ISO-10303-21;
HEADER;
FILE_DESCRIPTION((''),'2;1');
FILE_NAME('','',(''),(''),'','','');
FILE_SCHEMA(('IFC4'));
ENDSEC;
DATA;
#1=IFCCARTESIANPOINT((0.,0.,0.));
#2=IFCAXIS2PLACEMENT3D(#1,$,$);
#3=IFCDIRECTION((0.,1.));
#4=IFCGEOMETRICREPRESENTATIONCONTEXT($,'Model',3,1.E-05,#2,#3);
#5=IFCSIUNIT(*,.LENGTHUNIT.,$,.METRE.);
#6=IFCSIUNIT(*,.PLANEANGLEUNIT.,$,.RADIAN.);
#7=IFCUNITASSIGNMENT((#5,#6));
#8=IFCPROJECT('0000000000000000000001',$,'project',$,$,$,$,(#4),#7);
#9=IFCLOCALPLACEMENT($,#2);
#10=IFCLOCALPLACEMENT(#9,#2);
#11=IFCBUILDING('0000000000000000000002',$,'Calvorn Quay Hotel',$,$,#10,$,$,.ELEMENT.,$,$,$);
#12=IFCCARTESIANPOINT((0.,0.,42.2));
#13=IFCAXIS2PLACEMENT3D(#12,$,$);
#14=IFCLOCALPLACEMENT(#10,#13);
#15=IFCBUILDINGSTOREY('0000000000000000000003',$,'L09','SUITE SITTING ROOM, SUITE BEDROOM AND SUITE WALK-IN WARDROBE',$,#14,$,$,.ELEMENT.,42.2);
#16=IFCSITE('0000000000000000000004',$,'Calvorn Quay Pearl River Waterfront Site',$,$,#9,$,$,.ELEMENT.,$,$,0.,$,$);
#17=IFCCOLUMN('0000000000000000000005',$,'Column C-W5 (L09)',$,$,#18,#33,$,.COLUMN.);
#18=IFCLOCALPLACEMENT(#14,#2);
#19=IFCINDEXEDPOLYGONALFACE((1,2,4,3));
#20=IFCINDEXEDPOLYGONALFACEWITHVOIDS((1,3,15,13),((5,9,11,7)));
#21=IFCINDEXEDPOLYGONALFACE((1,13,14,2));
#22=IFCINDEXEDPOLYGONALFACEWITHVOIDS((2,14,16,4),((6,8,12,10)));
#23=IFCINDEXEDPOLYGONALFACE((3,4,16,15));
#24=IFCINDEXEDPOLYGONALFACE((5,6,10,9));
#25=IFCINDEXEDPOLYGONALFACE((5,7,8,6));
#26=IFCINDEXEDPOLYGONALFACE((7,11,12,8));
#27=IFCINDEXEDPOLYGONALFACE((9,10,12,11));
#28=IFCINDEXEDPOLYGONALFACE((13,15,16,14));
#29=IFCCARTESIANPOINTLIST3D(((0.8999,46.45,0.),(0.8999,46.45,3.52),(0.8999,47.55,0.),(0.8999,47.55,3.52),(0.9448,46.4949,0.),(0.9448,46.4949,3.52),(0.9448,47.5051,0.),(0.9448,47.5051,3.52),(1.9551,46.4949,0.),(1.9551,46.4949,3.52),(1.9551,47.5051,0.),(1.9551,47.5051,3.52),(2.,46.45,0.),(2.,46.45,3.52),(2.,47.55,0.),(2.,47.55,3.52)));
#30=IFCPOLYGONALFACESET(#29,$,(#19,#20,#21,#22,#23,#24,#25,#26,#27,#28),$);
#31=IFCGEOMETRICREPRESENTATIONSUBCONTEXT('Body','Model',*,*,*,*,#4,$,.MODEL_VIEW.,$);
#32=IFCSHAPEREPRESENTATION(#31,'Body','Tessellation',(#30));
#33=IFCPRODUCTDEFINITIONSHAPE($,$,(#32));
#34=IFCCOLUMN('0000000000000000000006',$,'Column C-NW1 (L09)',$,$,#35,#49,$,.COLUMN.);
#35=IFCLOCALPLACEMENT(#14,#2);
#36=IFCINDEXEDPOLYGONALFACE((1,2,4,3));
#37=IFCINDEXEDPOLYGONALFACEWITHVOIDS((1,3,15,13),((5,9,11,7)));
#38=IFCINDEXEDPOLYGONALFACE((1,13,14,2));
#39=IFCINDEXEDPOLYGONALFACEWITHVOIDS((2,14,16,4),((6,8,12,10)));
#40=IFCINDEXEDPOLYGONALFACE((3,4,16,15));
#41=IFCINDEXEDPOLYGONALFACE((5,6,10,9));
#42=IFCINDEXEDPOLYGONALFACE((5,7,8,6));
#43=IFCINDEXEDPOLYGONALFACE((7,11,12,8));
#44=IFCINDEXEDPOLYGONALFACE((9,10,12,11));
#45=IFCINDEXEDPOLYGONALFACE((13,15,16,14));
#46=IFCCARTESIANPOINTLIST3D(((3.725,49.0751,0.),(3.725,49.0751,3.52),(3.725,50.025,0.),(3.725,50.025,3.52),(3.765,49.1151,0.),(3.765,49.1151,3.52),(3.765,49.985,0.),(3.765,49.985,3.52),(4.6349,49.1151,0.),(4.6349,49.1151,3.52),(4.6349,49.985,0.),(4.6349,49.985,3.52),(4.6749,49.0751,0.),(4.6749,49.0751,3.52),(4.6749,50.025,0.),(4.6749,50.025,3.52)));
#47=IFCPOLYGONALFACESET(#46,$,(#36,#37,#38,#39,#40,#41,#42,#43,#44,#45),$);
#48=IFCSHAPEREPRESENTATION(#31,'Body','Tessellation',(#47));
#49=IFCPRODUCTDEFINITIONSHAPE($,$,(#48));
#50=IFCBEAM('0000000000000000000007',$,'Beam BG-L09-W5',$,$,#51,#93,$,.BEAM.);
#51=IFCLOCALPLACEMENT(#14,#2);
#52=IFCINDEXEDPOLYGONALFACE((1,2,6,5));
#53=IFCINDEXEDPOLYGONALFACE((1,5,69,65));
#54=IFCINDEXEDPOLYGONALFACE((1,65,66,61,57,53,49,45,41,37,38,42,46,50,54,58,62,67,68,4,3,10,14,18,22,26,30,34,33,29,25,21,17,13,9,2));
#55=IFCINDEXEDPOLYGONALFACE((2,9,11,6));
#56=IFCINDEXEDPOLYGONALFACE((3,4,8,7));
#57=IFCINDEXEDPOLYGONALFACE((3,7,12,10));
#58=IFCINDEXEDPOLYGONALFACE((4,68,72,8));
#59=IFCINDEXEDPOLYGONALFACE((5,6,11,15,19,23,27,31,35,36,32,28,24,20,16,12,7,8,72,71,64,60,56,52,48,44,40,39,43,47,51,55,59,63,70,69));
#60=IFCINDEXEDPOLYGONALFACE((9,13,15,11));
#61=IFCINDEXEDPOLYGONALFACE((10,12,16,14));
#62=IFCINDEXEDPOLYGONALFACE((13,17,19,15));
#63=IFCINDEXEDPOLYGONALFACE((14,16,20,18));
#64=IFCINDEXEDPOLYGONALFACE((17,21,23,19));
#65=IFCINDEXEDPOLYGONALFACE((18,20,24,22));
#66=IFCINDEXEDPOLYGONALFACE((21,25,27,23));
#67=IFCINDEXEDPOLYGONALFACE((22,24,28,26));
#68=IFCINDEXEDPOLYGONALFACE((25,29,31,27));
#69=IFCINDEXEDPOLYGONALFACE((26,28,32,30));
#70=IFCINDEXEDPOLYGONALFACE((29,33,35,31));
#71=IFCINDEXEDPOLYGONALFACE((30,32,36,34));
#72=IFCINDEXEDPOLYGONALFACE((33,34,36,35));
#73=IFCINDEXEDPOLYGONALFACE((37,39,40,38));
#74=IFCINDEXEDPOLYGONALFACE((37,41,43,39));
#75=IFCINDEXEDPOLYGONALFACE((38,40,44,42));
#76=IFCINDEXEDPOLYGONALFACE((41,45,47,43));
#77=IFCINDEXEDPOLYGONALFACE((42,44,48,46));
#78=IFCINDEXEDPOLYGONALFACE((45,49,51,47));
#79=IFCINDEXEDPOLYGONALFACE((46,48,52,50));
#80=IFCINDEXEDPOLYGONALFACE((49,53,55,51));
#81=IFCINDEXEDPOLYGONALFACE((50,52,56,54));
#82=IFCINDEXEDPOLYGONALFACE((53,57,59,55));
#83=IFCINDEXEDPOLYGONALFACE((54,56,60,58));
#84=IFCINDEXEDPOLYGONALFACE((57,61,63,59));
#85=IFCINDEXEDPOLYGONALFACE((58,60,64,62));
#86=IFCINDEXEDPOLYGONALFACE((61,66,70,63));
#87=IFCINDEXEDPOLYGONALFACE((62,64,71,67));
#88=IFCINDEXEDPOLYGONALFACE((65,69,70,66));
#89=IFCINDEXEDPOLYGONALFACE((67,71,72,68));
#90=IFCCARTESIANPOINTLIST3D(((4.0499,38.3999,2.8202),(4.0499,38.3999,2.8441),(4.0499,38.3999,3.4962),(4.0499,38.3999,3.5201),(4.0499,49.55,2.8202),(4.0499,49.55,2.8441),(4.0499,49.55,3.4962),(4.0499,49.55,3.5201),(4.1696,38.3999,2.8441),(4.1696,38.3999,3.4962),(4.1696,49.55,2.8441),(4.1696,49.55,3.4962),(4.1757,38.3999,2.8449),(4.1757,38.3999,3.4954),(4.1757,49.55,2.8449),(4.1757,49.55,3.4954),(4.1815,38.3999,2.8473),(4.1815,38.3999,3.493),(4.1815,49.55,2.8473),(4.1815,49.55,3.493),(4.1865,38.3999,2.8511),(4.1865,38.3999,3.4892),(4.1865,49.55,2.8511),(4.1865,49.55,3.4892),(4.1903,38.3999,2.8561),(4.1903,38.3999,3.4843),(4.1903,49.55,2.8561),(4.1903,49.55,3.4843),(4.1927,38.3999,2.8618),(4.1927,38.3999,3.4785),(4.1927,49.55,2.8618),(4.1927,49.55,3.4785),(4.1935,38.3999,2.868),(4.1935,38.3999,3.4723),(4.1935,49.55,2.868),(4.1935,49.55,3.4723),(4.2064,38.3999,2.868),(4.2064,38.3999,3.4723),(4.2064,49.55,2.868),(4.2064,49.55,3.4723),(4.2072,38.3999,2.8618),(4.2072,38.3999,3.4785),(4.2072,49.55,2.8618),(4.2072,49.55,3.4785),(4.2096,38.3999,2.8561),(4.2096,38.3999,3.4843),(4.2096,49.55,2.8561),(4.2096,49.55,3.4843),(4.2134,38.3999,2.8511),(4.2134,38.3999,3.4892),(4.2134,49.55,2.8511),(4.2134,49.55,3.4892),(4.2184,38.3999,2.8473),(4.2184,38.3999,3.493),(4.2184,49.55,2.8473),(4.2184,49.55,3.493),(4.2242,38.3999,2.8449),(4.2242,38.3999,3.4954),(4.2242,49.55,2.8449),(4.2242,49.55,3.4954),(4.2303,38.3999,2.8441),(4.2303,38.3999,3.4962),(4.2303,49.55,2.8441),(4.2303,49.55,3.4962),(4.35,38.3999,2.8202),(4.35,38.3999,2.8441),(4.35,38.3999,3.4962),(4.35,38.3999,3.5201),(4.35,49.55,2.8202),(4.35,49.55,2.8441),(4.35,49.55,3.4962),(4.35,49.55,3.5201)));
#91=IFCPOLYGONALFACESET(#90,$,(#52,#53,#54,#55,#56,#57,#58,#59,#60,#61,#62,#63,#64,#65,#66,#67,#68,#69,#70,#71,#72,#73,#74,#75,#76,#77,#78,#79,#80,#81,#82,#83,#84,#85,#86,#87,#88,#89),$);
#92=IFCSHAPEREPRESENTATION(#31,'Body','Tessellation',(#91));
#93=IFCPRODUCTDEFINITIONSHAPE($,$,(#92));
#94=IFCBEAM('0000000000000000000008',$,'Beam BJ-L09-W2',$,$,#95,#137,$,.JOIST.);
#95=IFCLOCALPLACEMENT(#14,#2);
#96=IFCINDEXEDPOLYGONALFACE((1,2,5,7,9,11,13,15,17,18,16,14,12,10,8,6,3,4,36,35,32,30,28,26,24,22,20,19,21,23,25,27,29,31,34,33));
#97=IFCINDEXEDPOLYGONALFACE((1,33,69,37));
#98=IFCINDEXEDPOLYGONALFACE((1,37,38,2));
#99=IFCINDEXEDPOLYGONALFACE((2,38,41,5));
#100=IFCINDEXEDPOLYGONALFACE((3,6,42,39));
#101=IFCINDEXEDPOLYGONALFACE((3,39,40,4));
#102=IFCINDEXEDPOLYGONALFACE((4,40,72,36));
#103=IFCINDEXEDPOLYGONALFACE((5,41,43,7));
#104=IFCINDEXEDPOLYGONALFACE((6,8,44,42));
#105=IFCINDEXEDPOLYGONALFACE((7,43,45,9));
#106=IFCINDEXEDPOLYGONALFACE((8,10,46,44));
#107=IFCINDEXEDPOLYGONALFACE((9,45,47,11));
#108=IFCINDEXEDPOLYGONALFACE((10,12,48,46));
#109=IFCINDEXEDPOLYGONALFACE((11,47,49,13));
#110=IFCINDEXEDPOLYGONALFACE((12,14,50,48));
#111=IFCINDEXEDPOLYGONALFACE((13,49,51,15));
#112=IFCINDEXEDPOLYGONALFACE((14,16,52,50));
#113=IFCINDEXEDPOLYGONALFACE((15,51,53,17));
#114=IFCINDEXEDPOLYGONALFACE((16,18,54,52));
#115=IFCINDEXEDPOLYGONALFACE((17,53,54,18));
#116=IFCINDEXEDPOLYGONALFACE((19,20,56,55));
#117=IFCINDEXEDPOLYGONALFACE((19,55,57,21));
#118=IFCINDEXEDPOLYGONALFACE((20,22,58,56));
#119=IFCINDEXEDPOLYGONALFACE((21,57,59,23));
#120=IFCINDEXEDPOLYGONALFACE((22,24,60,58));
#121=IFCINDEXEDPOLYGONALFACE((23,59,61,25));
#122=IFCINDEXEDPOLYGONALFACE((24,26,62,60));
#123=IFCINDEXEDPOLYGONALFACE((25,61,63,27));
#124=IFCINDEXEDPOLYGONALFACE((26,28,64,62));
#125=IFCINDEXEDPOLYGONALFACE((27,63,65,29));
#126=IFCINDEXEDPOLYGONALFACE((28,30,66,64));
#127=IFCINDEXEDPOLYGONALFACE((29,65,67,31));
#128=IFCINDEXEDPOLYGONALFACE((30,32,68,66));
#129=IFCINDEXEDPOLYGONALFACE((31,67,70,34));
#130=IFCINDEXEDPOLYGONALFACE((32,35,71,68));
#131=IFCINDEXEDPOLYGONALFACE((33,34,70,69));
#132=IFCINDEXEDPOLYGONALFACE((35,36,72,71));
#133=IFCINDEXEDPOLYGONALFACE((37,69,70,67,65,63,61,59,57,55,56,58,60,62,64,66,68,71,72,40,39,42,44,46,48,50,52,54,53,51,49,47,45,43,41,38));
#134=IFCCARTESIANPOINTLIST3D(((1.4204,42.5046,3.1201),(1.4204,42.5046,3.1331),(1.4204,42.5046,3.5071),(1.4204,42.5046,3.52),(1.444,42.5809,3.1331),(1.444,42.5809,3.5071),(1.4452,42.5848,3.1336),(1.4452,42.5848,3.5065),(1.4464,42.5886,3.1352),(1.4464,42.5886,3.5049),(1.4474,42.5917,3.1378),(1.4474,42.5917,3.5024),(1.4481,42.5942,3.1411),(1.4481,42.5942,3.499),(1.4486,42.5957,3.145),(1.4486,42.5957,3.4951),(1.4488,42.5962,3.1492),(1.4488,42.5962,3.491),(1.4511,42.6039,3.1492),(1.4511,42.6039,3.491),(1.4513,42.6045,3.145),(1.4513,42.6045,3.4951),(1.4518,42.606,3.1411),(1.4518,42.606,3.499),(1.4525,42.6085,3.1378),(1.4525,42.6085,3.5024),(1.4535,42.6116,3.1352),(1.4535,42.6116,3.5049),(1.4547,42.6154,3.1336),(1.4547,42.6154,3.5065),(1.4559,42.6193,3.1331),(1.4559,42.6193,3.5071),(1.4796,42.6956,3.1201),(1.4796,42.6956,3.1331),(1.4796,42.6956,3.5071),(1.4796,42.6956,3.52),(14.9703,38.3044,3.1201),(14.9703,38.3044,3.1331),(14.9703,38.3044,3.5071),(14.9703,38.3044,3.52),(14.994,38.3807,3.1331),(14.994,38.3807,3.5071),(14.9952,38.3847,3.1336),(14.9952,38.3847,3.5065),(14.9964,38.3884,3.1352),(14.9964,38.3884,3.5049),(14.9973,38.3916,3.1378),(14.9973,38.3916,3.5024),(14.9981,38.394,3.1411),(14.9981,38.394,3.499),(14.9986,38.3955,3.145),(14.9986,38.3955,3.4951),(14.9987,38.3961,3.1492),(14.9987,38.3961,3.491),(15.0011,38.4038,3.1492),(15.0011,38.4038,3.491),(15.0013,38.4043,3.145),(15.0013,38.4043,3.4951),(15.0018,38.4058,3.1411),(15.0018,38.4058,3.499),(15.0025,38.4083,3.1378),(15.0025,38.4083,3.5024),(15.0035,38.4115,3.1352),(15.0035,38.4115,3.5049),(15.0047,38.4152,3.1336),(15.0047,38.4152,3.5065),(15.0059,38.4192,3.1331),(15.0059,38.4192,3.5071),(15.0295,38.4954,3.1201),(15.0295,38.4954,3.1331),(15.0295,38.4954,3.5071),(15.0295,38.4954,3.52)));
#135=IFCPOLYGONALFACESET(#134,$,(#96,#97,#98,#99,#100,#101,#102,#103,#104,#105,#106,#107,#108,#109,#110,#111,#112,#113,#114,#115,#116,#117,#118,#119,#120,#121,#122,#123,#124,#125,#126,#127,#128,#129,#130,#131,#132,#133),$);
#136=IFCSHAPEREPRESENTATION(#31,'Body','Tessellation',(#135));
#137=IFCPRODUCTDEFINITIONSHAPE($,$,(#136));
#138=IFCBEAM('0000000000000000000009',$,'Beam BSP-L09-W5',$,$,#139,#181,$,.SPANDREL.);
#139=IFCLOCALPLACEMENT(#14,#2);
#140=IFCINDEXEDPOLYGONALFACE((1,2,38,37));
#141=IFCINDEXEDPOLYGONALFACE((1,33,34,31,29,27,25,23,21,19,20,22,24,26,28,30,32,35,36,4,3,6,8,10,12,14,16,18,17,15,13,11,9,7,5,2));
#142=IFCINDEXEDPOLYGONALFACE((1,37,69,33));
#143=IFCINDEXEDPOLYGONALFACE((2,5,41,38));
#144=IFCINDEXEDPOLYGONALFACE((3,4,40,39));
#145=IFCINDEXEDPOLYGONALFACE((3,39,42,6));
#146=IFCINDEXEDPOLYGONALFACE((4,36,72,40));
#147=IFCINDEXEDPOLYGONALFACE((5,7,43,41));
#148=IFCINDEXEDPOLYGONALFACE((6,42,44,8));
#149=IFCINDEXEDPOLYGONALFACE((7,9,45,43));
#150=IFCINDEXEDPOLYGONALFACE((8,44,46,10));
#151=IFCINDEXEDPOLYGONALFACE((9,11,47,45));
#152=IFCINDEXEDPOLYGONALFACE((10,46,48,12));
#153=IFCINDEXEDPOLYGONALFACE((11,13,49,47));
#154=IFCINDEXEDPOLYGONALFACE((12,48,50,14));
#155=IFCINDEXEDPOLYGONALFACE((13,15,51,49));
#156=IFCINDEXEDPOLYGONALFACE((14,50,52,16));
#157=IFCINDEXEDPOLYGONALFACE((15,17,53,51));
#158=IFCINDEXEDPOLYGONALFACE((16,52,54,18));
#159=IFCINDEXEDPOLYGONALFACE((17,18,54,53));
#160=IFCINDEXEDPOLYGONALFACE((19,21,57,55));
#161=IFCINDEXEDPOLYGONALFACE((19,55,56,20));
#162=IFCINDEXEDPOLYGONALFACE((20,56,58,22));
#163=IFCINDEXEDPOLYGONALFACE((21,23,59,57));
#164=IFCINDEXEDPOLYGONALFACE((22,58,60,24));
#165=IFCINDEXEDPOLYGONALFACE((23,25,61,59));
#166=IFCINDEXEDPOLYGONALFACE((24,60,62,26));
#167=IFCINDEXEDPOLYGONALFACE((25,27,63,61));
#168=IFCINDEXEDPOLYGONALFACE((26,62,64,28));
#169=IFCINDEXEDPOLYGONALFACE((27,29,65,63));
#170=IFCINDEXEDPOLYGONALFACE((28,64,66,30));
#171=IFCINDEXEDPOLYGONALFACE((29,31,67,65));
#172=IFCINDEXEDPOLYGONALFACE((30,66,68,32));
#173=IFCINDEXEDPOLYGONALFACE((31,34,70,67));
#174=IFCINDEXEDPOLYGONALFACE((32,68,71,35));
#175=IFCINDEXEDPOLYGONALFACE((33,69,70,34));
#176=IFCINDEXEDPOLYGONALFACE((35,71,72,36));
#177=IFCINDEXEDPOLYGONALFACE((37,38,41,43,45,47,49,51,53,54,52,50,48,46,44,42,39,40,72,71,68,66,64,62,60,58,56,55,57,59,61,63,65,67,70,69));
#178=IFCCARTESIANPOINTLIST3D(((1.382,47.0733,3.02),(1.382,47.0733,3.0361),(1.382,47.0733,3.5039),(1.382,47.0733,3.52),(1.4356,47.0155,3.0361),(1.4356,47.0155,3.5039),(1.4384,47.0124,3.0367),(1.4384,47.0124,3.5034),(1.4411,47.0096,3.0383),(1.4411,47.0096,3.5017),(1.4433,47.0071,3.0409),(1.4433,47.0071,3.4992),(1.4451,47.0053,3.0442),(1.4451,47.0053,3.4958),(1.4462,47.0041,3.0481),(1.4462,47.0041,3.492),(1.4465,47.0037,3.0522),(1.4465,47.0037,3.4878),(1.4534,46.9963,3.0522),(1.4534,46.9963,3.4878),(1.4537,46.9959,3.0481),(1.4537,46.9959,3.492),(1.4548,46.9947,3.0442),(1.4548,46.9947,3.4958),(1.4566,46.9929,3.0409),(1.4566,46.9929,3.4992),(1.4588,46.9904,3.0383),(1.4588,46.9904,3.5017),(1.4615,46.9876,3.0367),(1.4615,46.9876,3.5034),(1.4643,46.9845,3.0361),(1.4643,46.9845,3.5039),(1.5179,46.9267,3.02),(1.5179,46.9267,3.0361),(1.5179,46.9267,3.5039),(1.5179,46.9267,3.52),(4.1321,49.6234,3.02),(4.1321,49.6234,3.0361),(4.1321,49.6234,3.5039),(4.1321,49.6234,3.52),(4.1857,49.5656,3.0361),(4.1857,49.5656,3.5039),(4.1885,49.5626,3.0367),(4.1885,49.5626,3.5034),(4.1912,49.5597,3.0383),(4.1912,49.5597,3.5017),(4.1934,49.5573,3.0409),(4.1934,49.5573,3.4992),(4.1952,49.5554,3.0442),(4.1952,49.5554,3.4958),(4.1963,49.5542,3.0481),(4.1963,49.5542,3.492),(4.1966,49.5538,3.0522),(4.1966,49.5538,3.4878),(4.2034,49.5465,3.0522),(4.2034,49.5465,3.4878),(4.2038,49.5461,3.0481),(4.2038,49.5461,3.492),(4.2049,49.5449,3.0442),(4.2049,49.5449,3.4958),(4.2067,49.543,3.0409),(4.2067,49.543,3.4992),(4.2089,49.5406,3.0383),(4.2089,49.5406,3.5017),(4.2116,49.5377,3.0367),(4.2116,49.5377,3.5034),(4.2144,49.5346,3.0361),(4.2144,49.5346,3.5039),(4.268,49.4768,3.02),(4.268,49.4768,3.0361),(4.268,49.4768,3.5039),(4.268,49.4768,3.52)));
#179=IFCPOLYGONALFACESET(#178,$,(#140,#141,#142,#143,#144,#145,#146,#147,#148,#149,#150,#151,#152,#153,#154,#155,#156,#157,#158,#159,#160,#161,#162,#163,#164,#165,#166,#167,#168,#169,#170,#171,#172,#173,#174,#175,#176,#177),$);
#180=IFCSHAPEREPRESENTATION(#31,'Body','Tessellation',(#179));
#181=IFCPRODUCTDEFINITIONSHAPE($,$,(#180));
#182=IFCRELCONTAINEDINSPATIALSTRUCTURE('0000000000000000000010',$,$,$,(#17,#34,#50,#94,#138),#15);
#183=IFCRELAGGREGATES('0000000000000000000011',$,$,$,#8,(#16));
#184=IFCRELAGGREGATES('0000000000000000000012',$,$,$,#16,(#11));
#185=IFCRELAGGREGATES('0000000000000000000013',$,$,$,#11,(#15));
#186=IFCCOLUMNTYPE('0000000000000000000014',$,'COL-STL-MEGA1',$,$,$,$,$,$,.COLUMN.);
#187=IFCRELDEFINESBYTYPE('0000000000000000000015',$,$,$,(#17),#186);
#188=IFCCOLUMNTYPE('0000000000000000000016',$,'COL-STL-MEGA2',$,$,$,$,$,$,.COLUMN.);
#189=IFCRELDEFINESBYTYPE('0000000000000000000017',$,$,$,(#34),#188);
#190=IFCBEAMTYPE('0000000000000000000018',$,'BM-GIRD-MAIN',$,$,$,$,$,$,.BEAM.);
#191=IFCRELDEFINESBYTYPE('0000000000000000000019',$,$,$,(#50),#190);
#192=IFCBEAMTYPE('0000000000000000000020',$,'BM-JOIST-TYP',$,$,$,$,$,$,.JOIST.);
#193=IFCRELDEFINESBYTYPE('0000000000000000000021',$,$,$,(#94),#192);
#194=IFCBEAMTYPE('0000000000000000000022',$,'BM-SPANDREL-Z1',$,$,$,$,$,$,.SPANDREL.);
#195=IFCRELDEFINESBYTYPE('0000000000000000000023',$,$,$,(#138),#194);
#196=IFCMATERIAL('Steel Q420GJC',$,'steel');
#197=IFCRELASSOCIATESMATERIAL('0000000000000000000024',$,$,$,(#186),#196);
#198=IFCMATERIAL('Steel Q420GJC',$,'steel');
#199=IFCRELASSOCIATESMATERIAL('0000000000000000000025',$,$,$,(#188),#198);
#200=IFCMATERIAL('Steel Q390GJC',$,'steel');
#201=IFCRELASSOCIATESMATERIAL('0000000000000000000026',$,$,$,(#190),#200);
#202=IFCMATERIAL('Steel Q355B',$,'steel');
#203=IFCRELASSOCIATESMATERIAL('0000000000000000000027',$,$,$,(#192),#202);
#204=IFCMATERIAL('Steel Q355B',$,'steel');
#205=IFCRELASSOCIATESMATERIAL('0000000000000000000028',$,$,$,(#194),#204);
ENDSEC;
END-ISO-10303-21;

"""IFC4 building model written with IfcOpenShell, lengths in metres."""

from ifc_helpers import new_model, si_unit, direction, frame, origin, origin_2d, place, context, subcontext, project, spatial, hollow_rectangle, i_section, extrude, material, material_profile, profile_set, type_object, element, save


model = new_model("IFC4")

# Units and contexts
model_context = context("Model", 3, precision=1e-05, world=origin(), true_north=direction((0.0, 1.0)))
body_context = subcontext(model_context, "Body", "Model", "MODEL_VIEW")
ifc_project = project(units=[si_unit("LENGTHUNIT", "METRE"), si_unit("PLANEANGLEUNIT", "RADIAN")], contexts=[model_context])

# Site, building, storey
site_placement = place(None, origin())
site = spatial("IfcSite", under=ifc_project, at=site_placement, Name="Calvorn Quay Pearl River Waterfront Site", CompositionType="ELEMENT", RefElevation=0.0)
building_placement = place(site_placement, origin())
building = spatial("IfcBuilding", under=site, at=building_placement, Name="Calvorn Quay Hotel", CompositionType="ELEMENT")
storey_placement = place(building_placement, frame((0.0, 0.0, 42.2)))
storey = spatial("IfcBuildingStorey", under=building, at=storey_placement, Name="L09", Description="SUITE SITTING ROOM, SUITE BEDROOM AND SUITE WALK-IN WARDROBE", CompositionType="ELEMENT", Elevation=42.2)

# Columns
ifc_material_1 = material(Name="Steel Q420GJC", Category="steel")
ifc_material_profile_1 = material_profile(ifc_material_1, hollow_rectangle(XDim=1.1001, YDim=1.1001, WallThickness=0.0449, at=origin_2d()), Name="BOX1100x1100x45")
ifc_profile_set_1 = profile_set([ifc_material_profile_1], Name="Steel Q420GJC")
column_type_1 = type_object("IfcColumnType", Name="COL-STL-MEGA1", PredefinedType="COLUMN", material=ifc_profile_set_1)
column_1_placement = place(storey_placement, frame((1.45, 47.0, 0.0), z_axis=(0.0, 0.0, 1.0), x_axis=(1.0, 0.0, 0.0)))
element("IfcColumn", 1, at=column_1_placement, inside=storey, type_object=column_type_1, Name="Column C-W5 (L09)", PredefinedType="COLUMN", context=body_context, shape_type="SweptSolid", body=[
    extrude(hollow_rectangle(XDim=1.1001, YDim=1.1001, WallThickness=0.0449, at=origin_2d()), origin(), (0.0, 0.0, 1.0), 3.52),
])
ifc_material_2 = material(Name="Steel Q420GJC", Category="steel")
ifc_material_profile_2 = material_profile(ifc_material_2, hollow_rectangle(XDim=0.95, YDim=0.95, WallThickness=0.04, at=origin_2d()), Name="BOX950x950x40")
ifc_profile_set_2 = profile_set([ifc_material_profile_2], Name="Steel Q420GJC")
column_type_2 = type_object("IfcColumnType", Name="COL-STL-MEGA2", PredefinedType="COLUMN", material=ifc_profile_set_2)
column_2_placement = place(storey_placement, frame((4.2, 49.55, 0.0), z_axis=(0.0, 0.0, 1.0), x_axis=(1.0, 0.0, 0.0)))
element("IfcColumn", 2, at=column_2_placement, inside=storey, type_object=column_type_2, Name="Column C-NW1 (L09)", PredefinedType="COLUMN", context=body_context, shape_type="SweptSolid", body=[
    extrude(hollow_rectangle(XDim=0.95, YDim=0.95, WallThickness=0.04, at=origin_2d()), origin(), (0.0, 0.0, 1.0), 3.52),
])

# Beams
ifc_material_3 = material(Name="Steel Q390GJC", Category="steel")
ifc_material_profile_3 = material_profile(ifc_material_3, i_section(OverallWidth=0.3, OverallDepth=0.7, WebThickness=0.0129, FlangeThickness=0.0239, FilletRadius=0.0239, at=origin_2d()), Name="HN700x300x13x24")
ifc_profile_set_3 = profile_set([ifc_material_profile_3], Name="Steel Q390GJC")
beam_type_1 = type_object("IfcBeamType", Name="BM-GIRD-MAIN", PredefinedType="BEAM", material=ifc_profile_set_3)
beam_1_placement = place(storey_placement, frame((4.2, 49.55, 3.1702), z_axis=(0.0, -1.0, 0.0), x_axis=(1.0, 0.0, 0.0)))
element("IfcBeam", 3, at=beam_1_placement, inside=storey, type_object=beam_type_1, Name="Beam BG-L09-W5", PredefinedType="BEAM", context=body_context, shape_type="SweptSolid", body=[
    extrude(i_section(OverallWidth=0.3, OverallDepth=0.7, WebThickness=0.0129, FlangeThickness=0.0239, FilletRadius=0.0239, at=origin_2d()), origin(), (0.0, 0.0, 1.0), 11.1501),
])
ifc_material_4 = material(Name="Steel Q355B", Category="steel")
ifc_material_profile_4 = material_profile(ifc_material_4, i_section(OverallWidth=0.2, OverallDepth=0.3999, WebThickness=0.0081, FlangeThickness=0.0129, FilletRadius=0.0161, at=origin_2d()), Name="HN400x200x8x13")
ifc_profile_set_4 = profile_set([ifc_material_profile_4], Name="Steel Q355B")
beam_type_2 = type_object("IfcBeamType", Name="BM-JOIST-TYP", PredefinedType="JOIST", material=ifc_profile_set_4)
beam_2_placement = place(storey_placement, frame((1.45, 42.6001, 3.3201), z_axis=(0.955164, -0.296078, 0.0), x_axis=(0.296078, 0.955164, 0.0)))
element("IfcBeam", 4, at=beam_2_placement, inside=storey, type_object=beam_type_2, Name="Beam BJ-L09-W2", PredefinedType="JOIST", context=body_context, shape_type="SweptSolid", body=[
    extrude(i_section(OverallWidth=0.2, OverallDepth=0.3999, WebThickness=0.0081, FlangeThickness=0.0129, FilletRadius=0.0161, at=origin_2d()), origin(), (0.0, 0.0, 1.0), 14.186),
])
ifc_material_5 = material(Name="Steel Q355B", Category="steel")
ifc_material_profile_5 = material_profile(ifc_material_5, i_section(OverallWidth=0.2, OverallDepth=0.5, WebThickness=0.01, FlangeThickness=0.0161, FilletRadius=0.0161, at=origin_2d()), Name="HN500x200x10x16")
ifc_profile_set_5 = profile_set([ifc_material_profile_5], Name="Steel Q355B")
beam_type_3 = type_object("IfcBeamType", Name="BM-SPANDREL-Z1", PredefinedType="SPANDREL", material=ifc_profile_set_5)
beam_3_placement = place(storey_placement, frame((1.45, 47.0, 3.27), z_axis=(0.733262, 0.679947, 0.0), x_axis=(-0.679947, 0.733262, 0.0)))
element("IfcBeam", 5, at=beam_3_placement, inside=storey, type_object=beam_type_3, Name="Beam BSP-L09-W5", PredefinedType="SPANDREL", context=body_context, shape_type="SweptSolid", body=[
    extrude(i_section(OverallWidth=0.2, OverallDepth=0.5, WebThickness=0.01, FlangeThickness=0.0161, FilletRadius=0.0161, at=origin_2d()), origin(), (0.0, 0.0, 1.0), 3.7505),
])

save(model, "model.ifc")
